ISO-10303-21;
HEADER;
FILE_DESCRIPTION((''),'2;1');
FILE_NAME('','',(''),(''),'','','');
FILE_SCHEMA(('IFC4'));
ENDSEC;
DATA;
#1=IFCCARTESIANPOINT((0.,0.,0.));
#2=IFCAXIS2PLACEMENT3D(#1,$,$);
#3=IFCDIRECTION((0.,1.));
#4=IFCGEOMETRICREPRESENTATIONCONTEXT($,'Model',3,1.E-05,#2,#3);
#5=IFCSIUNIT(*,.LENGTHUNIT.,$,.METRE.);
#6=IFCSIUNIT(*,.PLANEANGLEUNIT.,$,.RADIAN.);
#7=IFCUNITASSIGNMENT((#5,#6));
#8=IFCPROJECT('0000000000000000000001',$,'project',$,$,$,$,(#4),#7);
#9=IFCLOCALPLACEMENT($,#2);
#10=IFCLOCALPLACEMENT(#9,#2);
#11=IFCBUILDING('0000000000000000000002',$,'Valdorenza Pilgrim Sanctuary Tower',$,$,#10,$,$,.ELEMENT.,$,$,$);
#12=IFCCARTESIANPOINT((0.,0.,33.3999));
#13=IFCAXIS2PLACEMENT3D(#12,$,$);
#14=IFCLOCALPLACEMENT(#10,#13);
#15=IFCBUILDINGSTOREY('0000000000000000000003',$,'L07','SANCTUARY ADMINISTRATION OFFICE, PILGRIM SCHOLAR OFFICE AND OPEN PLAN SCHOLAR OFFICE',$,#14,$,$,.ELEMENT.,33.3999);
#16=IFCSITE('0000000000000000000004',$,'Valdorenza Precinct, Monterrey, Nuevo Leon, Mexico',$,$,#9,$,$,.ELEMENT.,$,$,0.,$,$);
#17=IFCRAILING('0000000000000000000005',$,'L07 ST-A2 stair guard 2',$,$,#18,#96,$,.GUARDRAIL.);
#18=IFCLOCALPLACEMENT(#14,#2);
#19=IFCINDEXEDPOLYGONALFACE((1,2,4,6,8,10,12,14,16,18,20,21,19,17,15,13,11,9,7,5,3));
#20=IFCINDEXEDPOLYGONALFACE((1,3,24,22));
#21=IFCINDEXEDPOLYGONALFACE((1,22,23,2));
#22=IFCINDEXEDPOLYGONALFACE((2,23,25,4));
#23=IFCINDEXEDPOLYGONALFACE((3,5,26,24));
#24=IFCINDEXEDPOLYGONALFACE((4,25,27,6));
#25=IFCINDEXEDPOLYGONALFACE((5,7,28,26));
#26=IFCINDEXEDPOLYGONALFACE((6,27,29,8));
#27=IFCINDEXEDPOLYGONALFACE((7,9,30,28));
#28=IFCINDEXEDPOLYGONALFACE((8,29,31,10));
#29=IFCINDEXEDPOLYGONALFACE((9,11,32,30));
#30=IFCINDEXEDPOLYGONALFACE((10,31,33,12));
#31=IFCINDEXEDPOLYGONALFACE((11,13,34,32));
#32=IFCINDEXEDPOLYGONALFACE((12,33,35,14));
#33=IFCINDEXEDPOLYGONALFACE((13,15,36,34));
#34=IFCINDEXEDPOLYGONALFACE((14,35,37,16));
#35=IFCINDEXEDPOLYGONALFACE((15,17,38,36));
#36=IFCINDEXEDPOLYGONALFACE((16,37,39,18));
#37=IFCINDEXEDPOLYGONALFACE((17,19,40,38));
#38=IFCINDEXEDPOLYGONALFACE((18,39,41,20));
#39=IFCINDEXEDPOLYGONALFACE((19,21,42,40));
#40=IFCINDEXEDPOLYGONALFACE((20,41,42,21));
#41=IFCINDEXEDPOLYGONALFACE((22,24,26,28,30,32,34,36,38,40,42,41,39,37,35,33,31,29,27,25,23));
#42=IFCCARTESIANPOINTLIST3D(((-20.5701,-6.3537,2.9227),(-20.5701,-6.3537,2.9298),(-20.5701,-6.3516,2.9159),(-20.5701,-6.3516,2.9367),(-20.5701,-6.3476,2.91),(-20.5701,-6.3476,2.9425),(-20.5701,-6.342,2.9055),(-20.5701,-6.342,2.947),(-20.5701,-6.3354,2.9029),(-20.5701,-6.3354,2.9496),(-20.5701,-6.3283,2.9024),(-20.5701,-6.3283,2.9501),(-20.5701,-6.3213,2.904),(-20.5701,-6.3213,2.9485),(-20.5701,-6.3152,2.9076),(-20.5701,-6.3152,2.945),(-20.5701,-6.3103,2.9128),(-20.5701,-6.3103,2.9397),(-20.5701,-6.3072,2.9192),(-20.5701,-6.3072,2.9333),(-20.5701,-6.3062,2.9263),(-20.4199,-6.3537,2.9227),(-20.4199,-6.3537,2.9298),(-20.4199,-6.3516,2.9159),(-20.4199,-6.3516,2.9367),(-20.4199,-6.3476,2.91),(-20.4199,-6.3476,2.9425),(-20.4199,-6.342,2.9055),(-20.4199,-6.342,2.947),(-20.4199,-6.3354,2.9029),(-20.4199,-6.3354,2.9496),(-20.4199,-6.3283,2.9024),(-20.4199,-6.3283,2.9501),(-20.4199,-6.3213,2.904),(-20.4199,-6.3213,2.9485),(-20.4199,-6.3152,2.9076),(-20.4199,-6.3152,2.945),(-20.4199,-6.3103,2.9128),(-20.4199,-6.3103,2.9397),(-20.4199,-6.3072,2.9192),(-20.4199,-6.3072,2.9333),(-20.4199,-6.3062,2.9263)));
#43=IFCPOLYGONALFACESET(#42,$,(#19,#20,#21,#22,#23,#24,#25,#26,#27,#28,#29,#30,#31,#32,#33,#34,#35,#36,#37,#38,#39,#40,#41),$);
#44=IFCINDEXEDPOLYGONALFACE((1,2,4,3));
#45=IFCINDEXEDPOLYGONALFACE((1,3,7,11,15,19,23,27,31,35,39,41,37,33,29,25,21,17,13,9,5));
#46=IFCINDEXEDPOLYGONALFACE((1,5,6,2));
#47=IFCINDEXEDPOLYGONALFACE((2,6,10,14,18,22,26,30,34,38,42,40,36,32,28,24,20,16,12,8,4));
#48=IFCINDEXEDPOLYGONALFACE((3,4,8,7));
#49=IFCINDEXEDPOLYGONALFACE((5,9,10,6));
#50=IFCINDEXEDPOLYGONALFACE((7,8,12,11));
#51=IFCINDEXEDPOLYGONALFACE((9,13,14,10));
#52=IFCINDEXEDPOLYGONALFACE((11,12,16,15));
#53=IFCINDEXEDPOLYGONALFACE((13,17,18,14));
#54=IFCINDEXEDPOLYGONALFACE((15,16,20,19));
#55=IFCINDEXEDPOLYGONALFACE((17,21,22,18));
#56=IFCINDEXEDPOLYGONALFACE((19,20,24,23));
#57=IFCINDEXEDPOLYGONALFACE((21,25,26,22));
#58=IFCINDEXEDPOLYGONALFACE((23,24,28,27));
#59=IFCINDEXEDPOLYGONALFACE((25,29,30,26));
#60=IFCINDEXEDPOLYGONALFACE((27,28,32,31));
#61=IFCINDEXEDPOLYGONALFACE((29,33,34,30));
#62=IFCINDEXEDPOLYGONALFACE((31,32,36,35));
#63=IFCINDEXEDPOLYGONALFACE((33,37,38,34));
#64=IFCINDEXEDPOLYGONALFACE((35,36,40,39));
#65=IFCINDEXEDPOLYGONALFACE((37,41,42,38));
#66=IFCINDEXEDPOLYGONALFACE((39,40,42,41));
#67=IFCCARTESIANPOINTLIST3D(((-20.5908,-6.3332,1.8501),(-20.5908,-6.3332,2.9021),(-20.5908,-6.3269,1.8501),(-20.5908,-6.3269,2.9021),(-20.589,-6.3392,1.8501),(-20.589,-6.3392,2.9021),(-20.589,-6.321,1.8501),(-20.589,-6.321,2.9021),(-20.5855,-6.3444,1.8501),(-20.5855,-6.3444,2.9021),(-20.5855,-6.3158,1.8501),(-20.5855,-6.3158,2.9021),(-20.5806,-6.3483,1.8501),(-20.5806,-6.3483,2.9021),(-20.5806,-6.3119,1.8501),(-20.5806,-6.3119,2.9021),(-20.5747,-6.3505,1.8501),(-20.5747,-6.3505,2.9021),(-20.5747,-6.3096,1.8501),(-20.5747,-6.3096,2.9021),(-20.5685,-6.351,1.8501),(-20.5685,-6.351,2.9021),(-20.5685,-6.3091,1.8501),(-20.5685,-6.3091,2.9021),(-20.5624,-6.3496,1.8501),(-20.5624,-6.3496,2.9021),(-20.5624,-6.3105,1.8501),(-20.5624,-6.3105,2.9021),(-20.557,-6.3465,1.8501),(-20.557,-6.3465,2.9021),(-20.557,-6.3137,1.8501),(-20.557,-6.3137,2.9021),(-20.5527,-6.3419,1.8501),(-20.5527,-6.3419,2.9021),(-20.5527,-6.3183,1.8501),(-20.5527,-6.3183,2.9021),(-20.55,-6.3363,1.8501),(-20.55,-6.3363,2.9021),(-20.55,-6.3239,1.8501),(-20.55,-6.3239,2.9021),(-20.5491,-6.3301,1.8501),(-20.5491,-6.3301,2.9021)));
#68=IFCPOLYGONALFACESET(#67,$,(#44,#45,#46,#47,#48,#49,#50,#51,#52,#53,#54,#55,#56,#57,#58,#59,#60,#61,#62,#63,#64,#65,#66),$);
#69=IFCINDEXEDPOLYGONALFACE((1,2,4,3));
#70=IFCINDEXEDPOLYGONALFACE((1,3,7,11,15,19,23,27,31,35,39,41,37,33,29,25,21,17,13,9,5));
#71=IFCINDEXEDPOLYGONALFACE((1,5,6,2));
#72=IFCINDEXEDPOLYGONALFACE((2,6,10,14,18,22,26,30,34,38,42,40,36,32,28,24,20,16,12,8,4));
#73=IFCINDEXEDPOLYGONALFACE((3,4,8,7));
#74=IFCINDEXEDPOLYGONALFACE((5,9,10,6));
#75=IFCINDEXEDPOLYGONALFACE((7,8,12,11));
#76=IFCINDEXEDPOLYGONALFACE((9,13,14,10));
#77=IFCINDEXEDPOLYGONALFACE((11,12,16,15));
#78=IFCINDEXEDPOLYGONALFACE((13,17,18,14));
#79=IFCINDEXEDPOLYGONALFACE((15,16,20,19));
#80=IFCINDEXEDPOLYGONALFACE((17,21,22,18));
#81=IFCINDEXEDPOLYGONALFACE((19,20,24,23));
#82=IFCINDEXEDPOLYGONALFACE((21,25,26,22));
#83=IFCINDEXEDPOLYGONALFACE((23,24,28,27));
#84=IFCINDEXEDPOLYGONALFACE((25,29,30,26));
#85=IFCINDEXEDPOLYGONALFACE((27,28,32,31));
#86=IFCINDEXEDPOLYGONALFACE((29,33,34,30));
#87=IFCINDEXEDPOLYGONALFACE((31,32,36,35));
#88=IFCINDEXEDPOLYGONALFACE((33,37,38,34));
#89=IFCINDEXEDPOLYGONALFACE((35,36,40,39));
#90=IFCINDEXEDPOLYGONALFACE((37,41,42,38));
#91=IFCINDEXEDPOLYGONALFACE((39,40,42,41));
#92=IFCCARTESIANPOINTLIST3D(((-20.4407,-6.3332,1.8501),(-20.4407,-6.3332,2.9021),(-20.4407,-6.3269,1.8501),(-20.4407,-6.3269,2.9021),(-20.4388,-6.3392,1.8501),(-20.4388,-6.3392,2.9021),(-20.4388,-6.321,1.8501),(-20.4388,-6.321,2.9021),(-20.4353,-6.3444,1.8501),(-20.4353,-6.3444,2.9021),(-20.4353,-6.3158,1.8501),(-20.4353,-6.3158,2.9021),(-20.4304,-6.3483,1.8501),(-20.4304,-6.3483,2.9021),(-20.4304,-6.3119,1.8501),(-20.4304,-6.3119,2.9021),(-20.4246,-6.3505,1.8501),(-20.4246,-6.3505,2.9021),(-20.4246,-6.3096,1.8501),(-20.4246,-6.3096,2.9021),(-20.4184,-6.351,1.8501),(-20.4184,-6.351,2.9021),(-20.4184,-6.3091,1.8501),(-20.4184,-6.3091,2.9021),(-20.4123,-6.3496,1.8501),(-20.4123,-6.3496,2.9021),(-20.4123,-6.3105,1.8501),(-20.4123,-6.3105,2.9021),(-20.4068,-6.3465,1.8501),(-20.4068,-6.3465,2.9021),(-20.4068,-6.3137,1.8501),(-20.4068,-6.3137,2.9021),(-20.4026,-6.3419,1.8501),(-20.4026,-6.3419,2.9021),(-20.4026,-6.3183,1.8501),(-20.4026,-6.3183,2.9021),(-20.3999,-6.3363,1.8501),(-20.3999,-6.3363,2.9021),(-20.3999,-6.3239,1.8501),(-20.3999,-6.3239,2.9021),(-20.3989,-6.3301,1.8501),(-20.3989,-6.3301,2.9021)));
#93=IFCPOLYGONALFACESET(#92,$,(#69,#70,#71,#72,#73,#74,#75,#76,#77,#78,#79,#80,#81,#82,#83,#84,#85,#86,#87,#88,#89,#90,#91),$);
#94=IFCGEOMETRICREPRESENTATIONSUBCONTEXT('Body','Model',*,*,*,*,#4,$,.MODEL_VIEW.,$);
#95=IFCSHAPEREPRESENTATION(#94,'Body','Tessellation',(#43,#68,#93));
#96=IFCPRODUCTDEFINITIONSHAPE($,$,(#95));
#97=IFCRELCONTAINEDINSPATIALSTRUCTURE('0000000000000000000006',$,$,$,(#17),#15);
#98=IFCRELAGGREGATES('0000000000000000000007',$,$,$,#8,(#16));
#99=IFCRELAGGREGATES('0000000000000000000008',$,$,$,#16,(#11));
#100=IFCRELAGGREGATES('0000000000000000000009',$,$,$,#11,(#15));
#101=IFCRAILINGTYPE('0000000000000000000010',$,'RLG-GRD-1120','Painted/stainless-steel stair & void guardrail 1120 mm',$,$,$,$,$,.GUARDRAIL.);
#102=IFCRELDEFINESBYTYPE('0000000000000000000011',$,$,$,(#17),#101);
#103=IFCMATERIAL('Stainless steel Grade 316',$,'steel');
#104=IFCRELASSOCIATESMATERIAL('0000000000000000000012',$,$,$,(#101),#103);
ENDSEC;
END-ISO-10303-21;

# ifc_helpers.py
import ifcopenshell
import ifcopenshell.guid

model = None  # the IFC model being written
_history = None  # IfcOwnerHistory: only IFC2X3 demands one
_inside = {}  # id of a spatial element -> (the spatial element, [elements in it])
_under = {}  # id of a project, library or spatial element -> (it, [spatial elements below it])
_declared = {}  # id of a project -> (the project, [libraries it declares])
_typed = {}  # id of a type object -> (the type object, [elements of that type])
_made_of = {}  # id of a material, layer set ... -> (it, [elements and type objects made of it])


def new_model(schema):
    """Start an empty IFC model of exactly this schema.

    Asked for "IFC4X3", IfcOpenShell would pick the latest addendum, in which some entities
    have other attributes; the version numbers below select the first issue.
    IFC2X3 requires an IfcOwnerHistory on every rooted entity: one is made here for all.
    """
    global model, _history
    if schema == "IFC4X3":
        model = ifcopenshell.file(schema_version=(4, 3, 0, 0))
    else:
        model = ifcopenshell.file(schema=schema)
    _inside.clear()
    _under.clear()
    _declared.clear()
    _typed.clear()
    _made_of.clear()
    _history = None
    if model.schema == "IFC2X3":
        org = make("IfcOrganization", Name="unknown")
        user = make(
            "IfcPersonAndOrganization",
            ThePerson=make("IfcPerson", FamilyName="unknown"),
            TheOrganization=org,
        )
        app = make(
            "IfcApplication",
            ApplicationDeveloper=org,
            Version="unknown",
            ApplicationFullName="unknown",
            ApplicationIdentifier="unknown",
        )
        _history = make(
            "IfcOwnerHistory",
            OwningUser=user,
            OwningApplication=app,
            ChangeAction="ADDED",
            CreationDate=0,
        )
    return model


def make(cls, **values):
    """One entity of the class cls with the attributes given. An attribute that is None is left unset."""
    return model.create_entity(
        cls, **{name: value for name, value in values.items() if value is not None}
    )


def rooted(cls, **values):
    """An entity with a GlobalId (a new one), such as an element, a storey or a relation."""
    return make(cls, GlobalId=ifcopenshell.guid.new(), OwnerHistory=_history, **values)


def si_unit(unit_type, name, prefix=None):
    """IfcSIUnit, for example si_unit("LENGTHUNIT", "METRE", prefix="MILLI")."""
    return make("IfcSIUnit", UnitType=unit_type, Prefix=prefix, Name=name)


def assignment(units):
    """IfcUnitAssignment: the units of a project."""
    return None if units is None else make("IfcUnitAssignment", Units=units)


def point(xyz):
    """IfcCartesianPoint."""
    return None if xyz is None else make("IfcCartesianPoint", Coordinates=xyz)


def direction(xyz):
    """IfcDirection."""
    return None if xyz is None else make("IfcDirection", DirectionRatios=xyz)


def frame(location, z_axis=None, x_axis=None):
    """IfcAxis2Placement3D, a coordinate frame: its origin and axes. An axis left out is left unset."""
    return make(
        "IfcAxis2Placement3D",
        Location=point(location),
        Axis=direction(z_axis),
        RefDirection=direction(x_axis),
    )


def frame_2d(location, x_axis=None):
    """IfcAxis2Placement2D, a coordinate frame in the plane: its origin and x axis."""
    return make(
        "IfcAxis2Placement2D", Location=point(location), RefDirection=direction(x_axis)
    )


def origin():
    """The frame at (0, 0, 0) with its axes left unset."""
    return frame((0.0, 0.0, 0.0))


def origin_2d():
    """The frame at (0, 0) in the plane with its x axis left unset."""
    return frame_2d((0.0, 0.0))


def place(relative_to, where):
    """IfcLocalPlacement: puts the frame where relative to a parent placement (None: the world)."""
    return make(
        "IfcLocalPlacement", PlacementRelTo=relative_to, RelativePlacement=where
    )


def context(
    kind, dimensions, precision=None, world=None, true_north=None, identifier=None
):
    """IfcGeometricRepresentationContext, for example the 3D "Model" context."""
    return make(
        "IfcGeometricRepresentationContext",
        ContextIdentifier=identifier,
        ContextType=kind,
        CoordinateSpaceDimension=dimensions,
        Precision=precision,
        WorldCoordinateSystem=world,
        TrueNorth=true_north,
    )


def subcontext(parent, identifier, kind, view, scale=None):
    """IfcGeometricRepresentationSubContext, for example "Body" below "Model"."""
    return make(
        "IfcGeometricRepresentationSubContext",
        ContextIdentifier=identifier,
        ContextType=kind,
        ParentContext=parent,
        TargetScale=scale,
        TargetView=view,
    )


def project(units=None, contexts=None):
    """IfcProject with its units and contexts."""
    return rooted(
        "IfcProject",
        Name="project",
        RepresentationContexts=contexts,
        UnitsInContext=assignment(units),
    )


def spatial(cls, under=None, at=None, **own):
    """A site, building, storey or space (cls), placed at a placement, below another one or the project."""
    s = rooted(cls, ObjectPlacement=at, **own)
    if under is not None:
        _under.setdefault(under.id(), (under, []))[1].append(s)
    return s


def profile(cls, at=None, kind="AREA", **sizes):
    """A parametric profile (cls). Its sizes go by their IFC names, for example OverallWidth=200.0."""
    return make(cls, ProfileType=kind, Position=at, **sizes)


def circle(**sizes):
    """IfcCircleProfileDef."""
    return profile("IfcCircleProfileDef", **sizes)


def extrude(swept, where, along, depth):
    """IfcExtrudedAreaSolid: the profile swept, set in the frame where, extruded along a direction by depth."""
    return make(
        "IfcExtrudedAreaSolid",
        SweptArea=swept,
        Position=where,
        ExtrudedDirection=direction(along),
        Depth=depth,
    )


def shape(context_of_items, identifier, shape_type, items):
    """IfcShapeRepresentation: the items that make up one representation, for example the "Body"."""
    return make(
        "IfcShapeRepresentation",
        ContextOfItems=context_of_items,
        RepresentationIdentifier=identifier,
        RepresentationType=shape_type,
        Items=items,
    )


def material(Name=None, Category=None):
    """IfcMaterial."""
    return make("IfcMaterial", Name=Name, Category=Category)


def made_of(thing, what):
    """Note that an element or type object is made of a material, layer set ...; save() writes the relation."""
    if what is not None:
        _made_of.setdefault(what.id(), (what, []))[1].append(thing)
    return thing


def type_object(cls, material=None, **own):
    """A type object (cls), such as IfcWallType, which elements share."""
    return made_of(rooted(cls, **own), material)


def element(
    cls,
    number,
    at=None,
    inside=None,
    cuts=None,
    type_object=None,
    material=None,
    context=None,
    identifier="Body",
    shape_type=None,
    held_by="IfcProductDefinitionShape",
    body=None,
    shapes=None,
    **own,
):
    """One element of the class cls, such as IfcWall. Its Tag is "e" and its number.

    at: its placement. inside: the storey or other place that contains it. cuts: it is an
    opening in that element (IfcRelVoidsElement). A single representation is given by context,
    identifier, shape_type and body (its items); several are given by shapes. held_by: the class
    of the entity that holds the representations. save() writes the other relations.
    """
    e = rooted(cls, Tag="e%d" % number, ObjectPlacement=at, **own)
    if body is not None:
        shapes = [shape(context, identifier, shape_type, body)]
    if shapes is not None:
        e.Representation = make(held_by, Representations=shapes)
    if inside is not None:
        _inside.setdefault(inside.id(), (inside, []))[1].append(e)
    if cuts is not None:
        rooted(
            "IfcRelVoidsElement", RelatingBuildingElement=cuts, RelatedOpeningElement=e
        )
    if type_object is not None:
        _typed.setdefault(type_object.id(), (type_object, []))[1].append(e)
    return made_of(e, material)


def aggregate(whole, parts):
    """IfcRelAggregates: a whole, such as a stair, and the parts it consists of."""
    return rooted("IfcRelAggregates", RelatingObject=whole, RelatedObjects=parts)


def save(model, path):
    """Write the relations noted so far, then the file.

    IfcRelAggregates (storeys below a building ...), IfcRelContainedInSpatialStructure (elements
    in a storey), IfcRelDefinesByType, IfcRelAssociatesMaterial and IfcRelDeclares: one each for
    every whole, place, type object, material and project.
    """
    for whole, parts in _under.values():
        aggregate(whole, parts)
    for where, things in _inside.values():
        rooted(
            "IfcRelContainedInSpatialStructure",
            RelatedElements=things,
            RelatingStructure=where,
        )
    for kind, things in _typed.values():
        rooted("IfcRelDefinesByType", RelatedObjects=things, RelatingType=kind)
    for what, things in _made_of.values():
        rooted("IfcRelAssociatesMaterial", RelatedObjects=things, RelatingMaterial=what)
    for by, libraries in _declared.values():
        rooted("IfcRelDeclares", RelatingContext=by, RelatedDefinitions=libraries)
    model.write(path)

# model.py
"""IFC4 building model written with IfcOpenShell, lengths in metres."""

from ifc_helpers import new_model, si_unit, direction, frame, origin, origin_2d, place, context, subcontext, project, spatial, circle, extrude, material, type_object, element, save


model = new_model("IFC4")

# Units and contexts
model_context = context("Model", 3, precision=1e-05, world=origin(), true_north=direction((0.0, 1.0)))
body_context = subcontext(model_context, "Body", "Model", "MODEL_VIEW")
ifc_project = project(units=[si_unit("LENGTHUNIT", "METRE"), si_unit("PLANEANGLEUNIT", "RADIAN")], contexts=[model_context])

# Site, building, storey
site_placement = place(None, origin())
site = spatial("IfcSite", under=ifc_project, at=site_placement, Name="Valdorenza Precinct, Monterrey, Nuevo Leon, Mexico", CompositionType="ELEMENT", RefElevation=0.0)
building_placement = place(site_placement, origin())
building = spatial("IfcBuilding", under=site, at=building_placement, Name="Valdorenza Pilgrim Sanctuary Tower", CompositionType="ELEMENT")
storey_placement = place(building_placement, frame((0.0, 0.0, 33.3999)))
storey = spatial("IfcBuildingStorey", under=building, at=storey_placement, Name="L07", Description="SANCTUARY ADMINISTRATION OFFICE, PILGRIM SCHOLAR OFFICE AND OPEN PLAN SCHOLAR OFFICE", CompositionType="ELEMENT", Elevation=33.3999)

# Railing
ifc_material_1 = material(Name="Stainless steel Grade 316", Category="steel")
railing_type_1 = type_object("IfcRailingType", Name="RLG-GRD-1120", Description="Painted/stainless-steel stair & void guardrail 1120 mm", PredefinedType="GUARDRAIL", material=ifc_material_1)
railing_1_placement = place(storey_placement, frame((-20.5701, -6.3301, 1.8501)))
element("IfcRailing", 1, at=railing_1_placement, inside=storey, type_object=railing_type_1, Name="L07 ST-A2 stair guard 2", PredefinedType="GUARDRAIL", context=body_context, shape_type="SweptSolid", body=[
    extrude(circle(Radius=0.0239, at=origin_2d()), frame((0.0, 0.0, 1.0762), z_axis=(1.0, 0.0, 0.0), x_axis=(0.0, 1.0, 0.0)), (0.0, 0.0, 1.0), 0.1501),
    extrude(circle(Radius=0.021, at=origin_2d()), origin(), (0.0, 0.0, 1.0), 1.052),
    extrude(circle(Radius=0.021, at=origin_2d()), frame((0.1501, 0.0, 0.0)), (0.0, 0.0, 1.0), 1.052),
])

save(model, "model.ifc")
